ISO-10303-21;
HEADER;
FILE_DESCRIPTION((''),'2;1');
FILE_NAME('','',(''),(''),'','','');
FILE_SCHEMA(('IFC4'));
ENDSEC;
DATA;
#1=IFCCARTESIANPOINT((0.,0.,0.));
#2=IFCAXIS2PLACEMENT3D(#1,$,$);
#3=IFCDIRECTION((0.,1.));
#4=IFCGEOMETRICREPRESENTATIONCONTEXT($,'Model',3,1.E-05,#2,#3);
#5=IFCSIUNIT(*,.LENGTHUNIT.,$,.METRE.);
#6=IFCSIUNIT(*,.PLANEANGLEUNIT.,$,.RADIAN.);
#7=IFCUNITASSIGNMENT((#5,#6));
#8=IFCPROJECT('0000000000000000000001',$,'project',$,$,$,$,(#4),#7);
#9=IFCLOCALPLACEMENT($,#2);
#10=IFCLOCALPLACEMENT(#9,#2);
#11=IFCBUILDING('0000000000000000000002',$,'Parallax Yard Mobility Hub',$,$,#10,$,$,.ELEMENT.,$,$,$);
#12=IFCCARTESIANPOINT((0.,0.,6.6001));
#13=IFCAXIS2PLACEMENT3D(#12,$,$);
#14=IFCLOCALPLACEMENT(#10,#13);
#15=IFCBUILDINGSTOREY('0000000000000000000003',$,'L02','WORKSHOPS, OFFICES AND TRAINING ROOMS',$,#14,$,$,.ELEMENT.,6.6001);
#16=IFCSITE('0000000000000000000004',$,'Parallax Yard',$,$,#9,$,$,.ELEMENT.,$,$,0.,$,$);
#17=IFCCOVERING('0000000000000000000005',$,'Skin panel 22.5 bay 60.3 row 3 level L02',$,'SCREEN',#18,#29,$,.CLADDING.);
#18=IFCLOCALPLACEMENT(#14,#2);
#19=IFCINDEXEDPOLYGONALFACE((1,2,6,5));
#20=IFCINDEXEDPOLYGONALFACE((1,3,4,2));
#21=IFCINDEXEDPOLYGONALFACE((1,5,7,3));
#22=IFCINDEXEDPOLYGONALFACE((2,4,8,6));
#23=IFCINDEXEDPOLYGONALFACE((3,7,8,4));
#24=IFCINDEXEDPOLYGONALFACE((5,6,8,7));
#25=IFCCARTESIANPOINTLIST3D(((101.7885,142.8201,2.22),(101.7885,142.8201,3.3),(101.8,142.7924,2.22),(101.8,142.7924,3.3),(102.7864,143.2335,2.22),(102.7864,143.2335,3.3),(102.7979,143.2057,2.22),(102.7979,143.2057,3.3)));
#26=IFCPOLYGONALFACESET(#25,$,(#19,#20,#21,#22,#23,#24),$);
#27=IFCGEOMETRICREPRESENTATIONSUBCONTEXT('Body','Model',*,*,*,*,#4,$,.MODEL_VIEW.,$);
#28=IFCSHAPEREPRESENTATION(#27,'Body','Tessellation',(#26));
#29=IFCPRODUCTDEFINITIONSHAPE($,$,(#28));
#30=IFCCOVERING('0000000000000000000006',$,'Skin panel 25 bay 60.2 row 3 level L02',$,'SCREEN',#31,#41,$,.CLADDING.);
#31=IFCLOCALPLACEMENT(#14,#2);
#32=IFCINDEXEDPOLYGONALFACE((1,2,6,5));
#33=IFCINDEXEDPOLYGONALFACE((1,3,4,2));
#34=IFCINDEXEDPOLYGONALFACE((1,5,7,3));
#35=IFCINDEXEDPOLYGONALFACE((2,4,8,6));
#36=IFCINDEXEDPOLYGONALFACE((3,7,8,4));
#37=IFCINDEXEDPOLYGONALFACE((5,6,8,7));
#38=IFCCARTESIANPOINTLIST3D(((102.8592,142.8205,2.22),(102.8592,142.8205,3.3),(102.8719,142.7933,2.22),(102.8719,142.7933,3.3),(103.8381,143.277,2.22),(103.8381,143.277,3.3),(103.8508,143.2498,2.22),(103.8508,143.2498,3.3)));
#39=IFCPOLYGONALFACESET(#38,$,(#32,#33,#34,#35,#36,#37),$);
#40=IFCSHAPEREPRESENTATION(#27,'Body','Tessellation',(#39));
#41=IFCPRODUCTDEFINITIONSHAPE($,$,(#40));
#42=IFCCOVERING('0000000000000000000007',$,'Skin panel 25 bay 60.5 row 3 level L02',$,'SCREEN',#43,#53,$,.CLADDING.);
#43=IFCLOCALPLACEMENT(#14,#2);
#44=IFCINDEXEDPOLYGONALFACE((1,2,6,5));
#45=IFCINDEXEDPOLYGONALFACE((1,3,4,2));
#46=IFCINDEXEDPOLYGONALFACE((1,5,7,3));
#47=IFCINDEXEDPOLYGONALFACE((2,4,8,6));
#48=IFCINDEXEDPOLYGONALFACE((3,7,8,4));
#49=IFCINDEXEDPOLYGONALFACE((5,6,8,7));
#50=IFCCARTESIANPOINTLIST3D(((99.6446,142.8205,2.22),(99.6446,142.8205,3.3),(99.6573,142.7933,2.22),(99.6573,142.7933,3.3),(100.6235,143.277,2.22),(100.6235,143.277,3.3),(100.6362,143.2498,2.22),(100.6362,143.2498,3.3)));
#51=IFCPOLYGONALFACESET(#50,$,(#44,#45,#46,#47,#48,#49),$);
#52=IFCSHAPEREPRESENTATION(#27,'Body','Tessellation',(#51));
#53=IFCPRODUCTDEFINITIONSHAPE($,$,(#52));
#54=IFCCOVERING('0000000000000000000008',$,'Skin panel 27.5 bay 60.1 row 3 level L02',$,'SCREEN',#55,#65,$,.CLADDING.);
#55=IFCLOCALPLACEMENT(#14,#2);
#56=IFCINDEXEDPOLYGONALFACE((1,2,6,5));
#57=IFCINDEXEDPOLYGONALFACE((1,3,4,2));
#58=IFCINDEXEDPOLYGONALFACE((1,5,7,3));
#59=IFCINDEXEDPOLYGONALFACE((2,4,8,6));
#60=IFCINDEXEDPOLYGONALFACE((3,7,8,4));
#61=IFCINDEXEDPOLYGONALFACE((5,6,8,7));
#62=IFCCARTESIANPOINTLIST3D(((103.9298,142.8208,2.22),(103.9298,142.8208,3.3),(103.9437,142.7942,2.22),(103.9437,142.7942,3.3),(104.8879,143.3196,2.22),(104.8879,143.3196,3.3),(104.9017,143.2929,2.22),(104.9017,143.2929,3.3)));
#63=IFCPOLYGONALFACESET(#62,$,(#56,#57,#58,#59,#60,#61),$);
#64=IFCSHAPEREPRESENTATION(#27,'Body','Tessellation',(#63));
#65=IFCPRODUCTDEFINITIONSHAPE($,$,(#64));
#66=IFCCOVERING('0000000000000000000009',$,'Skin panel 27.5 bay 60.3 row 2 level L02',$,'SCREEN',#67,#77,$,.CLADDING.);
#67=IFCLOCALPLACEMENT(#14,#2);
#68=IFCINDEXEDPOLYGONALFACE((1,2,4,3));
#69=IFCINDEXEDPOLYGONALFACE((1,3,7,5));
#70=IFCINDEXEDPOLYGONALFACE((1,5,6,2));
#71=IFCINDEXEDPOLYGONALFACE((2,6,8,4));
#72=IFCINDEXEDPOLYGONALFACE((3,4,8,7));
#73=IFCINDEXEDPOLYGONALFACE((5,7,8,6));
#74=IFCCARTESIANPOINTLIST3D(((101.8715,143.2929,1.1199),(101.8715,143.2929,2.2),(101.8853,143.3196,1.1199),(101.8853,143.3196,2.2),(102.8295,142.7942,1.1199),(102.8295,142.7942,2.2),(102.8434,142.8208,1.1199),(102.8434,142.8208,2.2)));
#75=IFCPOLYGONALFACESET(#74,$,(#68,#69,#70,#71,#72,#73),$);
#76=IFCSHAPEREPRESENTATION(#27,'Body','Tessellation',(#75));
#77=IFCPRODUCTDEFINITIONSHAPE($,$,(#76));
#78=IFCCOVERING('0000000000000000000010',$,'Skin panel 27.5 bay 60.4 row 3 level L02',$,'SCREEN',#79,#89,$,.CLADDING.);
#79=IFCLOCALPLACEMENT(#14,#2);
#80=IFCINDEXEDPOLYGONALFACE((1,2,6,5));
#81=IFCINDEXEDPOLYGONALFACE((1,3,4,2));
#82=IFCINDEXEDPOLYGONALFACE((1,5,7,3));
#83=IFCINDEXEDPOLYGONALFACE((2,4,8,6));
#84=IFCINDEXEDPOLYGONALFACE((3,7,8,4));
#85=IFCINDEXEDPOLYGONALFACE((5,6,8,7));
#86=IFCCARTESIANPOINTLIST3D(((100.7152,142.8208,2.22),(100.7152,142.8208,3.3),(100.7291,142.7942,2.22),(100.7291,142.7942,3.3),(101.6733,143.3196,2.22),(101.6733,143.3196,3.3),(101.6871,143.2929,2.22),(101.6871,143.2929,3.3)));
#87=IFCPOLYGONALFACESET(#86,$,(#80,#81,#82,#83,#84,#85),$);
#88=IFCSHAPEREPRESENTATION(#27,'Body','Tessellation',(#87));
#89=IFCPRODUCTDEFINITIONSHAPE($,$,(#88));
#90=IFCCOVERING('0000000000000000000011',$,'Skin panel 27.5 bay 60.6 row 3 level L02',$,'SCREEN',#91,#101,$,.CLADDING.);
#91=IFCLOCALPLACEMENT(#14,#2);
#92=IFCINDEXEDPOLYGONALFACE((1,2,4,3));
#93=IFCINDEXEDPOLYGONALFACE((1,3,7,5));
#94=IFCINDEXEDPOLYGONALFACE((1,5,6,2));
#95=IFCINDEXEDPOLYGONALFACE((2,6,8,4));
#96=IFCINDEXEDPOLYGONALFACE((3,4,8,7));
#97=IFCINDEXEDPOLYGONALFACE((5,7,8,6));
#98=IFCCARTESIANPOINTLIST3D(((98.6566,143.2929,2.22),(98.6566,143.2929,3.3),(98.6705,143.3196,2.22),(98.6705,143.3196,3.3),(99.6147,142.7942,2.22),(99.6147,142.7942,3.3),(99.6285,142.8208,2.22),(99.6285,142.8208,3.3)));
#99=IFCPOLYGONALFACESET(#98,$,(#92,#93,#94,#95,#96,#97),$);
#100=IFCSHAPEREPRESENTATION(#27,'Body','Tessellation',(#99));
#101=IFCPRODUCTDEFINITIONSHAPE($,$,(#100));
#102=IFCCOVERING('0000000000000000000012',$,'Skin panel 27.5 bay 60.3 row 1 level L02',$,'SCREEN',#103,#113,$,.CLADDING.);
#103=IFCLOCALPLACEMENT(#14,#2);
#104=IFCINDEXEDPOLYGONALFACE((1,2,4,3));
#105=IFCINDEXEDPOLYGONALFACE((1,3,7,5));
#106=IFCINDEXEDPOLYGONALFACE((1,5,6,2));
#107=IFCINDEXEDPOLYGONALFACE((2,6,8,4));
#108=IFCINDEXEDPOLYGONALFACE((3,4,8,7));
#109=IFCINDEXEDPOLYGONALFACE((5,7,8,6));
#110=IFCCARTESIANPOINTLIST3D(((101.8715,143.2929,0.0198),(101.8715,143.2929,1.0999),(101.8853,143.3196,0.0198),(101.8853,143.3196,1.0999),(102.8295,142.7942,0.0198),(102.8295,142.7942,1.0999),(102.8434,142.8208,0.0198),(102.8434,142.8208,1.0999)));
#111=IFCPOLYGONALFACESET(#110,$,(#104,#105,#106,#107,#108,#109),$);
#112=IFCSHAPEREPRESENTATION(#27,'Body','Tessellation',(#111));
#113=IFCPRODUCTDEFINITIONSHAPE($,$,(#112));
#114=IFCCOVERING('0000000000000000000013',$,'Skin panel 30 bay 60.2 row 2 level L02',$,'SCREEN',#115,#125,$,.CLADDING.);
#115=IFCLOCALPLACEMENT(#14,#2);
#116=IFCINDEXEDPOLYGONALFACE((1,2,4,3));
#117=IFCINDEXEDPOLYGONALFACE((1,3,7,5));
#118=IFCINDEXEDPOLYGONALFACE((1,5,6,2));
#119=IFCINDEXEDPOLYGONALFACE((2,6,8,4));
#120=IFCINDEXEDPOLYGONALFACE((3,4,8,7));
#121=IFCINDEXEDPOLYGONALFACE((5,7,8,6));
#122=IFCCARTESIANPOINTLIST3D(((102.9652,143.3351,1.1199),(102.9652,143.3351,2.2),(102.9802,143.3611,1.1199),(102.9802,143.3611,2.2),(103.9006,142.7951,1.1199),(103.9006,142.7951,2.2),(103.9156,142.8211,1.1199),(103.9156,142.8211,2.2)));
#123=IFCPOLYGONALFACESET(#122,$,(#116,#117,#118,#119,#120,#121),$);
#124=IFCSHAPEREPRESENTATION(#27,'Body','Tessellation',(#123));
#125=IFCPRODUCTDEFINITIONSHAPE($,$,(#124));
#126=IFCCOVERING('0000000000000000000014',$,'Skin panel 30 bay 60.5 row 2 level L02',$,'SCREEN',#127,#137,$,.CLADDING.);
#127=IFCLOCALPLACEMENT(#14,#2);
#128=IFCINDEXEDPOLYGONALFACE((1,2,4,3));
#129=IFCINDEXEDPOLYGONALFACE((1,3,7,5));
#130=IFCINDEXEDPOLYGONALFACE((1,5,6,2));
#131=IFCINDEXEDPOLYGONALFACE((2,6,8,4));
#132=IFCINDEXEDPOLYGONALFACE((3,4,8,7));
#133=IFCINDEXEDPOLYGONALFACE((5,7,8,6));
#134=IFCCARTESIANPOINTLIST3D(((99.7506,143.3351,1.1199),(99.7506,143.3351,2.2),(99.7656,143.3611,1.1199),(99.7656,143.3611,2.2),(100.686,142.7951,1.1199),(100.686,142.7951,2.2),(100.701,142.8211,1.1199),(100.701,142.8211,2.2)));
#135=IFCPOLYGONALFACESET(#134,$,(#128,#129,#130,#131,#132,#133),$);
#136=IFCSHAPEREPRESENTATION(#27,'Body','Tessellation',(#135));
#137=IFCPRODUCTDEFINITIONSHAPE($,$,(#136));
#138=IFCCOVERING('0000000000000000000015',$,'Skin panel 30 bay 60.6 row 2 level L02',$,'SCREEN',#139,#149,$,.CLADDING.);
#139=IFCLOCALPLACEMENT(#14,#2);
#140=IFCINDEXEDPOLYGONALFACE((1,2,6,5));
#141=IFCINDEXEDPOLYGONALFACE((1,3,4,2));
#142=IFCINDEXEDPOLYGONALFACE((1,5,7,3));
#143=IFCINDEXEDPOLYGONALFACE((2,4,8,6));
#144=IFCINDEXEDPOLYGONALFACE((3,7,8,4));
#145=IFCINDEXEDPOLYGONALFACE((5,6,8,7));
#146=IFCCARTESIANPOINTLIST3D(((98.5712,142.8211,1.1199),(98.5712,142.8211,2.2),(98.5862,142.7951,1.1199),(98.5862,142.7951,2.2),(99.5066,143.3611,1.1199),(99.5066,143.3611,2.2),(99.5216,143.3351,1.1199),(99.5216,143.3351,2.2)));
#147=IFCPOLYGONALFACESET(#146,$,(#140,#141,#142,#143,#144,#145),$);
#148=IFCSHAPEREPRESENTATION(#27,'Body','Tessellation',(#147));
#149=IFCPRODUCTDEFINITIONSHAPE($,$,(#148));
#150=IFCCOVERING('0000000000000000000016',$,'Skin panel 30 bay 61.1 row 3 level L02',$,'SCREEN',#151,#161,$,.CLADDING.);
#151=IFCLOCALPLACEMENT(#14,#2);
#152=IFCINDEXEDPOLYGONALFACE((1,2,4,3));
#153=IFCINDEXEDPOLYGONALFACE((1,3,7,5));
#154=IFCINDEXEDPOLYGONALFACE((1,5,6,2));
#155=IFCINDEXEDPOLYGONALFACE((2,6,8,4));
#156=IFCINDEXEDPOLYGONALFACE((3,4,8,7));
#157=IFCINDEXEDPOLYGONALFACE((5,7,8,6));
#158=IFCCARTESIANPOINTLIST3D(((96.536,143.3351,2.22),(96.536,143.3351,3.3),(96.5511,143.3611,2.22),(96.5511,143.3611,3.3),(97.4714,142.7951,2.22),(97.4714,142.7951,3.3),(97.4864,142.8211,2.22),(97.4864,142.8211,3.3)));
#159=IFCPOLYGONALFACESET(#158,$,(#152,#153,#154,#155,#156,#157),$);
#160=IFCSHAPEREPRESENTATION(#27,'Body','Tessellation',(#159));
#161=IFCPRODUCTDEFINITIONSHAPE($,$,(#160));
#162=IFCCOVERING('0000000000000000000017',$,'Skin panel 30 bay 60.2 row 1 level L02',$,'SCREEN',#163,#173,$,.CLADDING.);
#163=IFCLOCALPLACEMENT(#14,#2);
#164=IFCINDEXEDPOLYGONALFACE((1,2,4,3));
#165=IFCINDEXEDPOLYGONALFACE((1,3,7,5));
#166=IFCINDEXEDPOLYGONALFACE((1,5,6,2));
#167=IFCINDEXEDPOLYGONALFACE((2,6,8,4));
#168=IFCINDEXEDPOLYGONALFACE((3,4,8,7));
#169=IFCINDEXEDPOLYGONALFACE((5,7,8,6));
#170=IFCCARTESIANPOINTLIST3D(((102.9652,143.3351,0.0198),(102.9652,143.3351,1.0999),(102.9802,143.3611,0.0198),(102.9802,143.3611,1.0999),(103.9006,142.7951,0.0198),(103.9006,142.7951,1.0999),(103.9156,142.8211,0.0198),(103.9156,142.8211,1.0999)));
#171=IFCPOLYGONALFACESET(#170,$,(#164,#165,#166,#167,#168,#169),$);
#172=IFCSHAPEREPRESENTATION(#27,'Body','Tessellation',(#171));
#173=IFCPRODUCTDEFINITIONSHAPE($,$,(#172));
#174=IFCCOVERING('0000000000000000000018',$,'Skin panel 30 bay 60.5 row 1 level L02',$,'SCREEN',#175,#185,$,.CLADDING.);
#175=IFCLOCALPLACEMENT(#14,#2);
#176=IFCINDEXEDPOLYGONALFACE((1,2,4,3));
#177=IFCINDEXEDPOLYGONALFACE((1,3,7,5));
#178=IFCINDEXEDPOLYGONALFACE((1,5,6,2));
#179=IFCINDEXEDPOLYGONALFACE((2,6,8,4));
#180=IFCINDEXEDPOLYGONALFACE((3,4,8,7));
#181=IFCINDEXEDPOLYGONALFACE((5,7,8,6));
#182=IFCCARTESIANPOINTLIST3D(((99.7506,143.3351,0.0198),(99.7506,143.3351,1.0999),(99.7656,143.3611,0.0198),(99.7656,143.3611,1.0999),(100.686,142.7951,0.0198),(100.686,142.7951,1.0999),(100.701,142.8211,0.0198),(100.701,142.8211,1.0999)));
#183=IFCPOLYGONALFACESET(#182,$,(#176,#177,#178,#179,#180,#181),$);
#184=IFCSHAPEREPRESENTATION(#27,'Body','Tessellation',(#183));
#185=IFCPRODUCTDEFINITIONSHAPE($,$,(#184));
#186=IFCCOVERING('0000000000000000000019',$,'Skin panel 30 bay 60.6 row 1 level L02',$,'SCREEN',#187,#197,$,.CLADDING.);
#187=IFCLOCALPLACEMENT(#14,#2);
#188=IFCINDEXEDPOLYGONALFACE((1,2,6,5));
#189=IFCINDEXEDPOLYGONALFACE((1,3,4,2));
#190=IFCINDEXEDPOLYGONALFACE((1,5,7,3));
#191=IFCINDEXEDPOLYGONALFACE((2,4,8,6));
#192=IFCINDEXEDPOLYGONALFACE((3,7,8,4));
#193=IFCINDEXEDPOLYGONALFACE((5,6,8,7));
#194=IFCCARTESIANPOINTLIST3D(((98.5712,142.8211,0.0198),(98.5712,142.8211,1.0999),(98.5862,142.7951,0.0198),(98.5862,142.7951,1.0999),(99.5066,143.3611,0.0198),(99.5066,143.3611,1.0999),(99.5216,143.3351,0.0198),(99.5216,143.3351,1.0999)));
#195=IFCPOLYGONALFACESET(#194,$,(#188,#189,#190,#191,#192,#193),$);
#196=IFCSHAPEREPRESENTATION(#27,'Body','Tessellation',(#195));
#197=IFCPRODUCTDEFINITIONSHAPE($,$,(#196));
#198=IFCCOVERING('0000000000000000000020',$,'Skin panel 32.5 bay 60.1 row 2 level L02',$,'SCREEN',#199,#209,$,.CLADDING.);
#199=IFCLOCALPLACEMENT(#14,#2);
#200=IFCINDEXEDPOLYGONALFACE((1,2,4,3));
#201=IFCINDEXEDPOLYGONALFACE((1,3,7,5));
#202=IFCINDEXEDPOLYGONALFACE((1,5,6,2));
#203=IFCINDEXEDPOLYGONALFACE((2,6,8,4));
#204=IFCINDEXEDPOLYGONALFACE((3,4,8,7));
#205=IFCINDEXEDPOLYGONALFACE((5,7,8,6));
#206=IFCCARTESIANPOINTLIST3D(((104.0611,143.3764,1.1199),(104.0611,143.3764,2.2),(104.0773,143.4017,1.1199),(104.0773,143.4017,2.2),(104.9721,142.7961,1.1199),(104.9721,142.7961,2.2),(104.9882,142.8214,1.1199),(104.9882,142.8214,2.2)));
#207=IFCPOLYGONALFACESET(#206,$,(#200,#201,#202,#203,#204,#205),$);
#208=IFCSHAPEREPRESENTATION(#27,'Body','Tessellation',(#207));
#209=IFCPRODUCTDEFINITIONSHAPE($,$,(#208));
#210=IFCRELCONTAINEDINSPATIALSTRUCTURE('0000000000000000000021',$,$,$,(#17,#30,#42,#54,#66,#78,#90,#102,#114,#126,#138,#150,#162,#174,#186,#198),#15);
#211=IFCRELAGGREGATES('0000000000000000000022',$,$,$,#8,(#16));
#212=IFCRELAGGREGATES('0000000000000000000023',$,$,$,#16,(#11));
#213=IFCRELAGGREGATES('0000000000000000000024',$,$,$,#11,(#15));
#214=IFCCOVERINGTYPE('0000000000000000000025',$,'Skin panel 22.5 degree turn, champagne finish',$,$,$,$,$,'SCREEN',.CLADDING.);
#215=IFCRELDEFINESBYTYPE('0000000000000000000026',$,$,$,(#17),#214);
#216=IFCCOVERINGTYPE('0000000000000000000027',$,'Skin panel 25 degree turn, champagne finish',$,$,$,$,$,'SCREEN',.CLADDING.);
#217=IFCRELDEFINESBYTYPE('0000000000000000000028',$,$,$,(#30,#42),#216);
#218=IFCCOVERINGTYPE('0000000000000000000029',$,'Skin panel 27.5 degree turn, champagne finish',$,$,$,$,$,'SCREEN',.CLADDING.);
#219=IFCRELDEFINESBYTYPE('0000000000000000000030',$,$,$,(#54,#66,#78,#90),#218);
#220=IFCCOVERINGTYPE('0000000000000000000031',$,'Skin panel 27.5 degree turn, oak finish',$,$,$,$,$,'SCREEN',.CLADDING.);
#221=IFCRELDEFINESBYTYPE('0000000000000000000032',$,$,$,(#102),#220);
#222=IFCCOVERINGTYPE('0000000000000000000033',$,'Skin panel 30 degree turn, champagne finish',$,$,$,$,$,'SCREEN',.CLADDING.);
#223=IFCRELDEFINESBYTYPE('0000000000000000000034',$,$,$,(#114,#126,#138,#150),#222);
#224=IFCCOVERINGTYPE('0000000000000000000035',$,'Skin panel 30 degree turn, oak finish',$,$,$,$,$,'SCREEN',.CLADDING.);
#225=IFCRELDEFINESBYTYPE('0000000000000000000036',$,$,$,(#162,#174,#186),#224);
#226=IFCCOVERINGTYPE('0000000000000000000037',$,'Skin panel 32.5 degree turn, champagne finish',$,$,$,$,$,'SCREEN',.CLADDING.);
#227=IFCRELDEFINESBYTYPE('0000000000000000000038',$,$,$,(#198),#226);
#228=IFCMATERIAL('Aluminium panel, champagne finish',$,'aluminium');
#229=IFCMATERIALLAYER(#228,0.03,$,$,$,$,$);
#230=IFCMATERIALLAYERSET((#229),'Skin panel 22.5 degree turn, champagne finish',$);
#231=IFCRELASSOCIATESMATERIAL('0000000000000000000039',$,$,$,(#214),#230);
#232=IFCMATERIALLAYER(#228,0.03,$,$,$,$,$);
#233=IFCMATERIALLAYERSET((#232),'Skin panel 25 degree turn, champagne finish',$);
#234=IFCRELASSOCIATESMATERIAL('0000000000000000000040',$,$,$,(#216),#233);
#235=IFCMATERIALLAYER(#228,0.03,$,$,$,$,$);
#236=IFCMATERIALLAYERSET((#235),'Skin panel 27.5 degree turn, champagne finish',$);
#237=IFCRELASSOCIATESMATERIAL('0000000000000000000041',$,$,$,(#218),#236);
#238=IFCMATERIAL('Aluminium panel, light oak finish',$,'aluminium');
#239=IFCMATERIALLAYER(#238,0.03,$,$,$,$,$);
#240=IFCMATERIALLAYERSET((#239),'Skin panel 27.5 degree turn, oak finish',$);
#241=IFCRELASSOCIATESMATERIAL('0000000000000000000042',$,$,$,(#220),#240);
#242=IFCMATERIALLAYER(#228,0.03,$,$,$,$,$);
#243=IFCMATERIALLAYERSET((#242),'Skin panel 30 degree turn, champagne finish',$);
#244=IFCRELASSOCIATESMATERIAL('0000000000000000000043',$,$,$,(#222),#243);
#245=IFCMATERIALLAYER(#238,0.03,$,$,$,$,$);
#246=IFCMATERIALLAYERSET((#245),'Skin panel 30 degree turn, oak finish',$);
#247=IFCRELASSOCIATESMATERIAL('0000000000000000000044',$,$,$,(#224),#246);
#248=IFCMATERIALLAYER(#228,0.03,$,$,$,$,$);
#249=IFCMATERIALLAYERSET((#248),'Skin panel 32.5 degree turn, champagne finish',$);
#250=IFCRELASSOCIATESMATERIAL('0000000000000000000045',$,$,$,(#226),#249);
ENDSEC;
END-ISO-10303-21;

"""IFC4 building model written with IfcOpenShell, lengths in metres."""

from ifc_helpers import new_model, si_unit, direction, frame, origin, origin_2d, place, context, subcontext, project, spatial, rectangle, extrude, material, layer, layer_set, type_object, element, save


model = new_model("IFC4")

# Units and contexts
model_context = context("Model", 3, precision=1e-05, world=origin(), true_north=direction((0.0, 1.0)))
body_context = subcontext(model_context, "Body", "Model", "MODEL_VIEW")
ifc_project = project(units=[si_unit("LENGTHUNIT", "METRE"), si_unit("PLANEANGLEUNIT", "RADIAN")], contexts=[model_context])

# Site, building, storey
site_placement = place(None, origin())
site = spatial("IfcSite", under=ifc_project, at=site_placement, Name="Parallax Yard", CompositionType="ELEMENT", RefElevation=0.0)
building_placement = place(site_placement, origin())
building = spatial("IfcBuilding", under=site, at=building_placement, Name="Parallax Yard Mobility Hub", CompositionType="ELEMENT")
storey_placement = place(building_placement, frame((0.0, 0.0, 6.6001)))
storey = spatial("IfcBuildingStorey", under=building, at=storey_placement, Name="L02", Description="WORKSHOPS, OFFICES AND TRAINING ROOMS", CompositionType="ELEMENT", Elevation=6.6001)

# Coverings
ifc_material_1 = material(Name="Aluminium panel, champagne finish", Category="aluminium")
ifc_layer_1 = layer(ifc_material_1, 0.03)
ifc_layer_set_1 = layer_set([ifc_layer_1], Name="Skin panel 22.5 degree turn, champagne finish")
covering_type_1 = type_object("IfcCoveringType", Name="Skin panel 22.5 degree turn, champagne finish", ElementType="SCREEN", PredefinedType="CLADDING", material=ifc_layer_set_1)
covering_1_placement = place(storey_placement, frame((102.2932, 143.0129, 2.22), z_axis=(0.0, 0.0, 1.0), x_axis=(0.92388, 0.382683, 0.0)))
element("IfcCovering", 1, at=covering_1_placement, inside=storey, type_object=covering_type_1, Name="Skin panel 22.5 bay 60.3 row 3 level L02", ObjectType="SCREEN", PredefinedType="CLADDING", context=body_context, shape_type="SweptSolid", body=[
    extrude(rectangle(XDim=1.0801, YDim=0.03, at=origin_2d()), origin(), (0.0, 0.0, 1.0), 1.0801),
])
ifc_layer_2 = layer(ifc_material_1, 0.03)
ifc_layer_set_2 = layer_set([ifc_layer_2], Name="Skin panel 25 degree turn, champagne finish")
covering_type_2 = type_object("IfcCoveringType", Name="Skin panel 25 degree turn, champagne finish", ElementType="SCREEN", PredefinedType="CLADDING", material=ifc_layer_set_2)
for number, where, z_axis, x_axis, name in (
    (2, (103.355, 143.0352, 2.22), (0.0, 0.0, 1.0), (0.906308, 0.422618, 0.0), "Skin panel 25 bay 60.2 row 3 level L02"),
    (3, (100.1404, 143.0352, 2.22), (0.0, 0.0, 1.0), (0.906308, 0.422618, 0.0), "Skin panel 25 bay 60.5 row 3 level L02"),
):
    element("IfcCovering", number, at=place(storey_placement, frame(where, z_axis=z_axis, x_axis=x_axis)), inside=storey, type_object=covering_type_2, Name=name, ObjectType="SCREEN", PredefinedType="CLADDING", context=body_context, shape_type="SweptSolid", body=[
        extrude(rectangle(XDim=1.0801, YDim=0.03, at=origin_2d()), origin(), (0.0, 0.0, 1.0), 1.0801),
    ])
ifc_layer_3 = layer(ifc_material_1, 0.03)
ifc_layer_set_3 = layer_set([ifc_layer_3], Name="Skin panel 27.5 degree turn, champagne finish")
covering_type_3 = type_object("IfcCoveringType", Name="Skin panel 27.5 degree turn, champagne finish", ElementType="SCREEN", PredefinedType="CLADDING", material=ifc_layer_set_3)
for number, where, z_axis, x_axis, name in (
    (4, (104.4158, 143.0569, 2.22), (0.0, 0.0, 1.0), (0.887011, 0.461749, 0.0), "Skin panel 27.5 bay 60.1 row 3 level L02"),
    (5, (102.3574, 143.0569, 1.1199), (0.0, 0.0, 1.0), (-0.887011, 0.461749, 0.0), "Skin panel 27.5 bay 60.3 row 2 level L02"),
    (6, (101.2012, 143.0569, 2.22), (0.0, 0.0, 1.0), (0.887011, 0.461749, 0.0), "Skin panel 27.5 bay 60.4 row 3 level L02"),
    (7, (99.1426, 143.0569, 2.22), (0.0, 0.0, 1.0), (-0.887011, 0.461749, 0.0), "Skin panel 27.5 bay 60.6 row 3 level L02"),
):
    element("IfcCovering", number, at=place(storey_placement, frame(where, z_axis=z_axis, x_axis=x_axis)), inside=storey, type_object=covering_type_3, Name=name, ObjectType="SCREEN", PredefinedType="CLADDING", context=body_context, shape_type="SweptSolid", body=[
        extrude(rectangle(XDim=1.0801, YDim=0.03, at=origin_2d()), origin(), (0.0, 0.0, 1.0), 1.0801),
    ])
ifc_material_2 = material(Name="Aluminium panel, light oak finish", Category="aluminium")
ifc_layer_4 = layer(ifc_material_2, 0.03)
ifc_layer_set_4 = layer_set([ifc_layer_4], Name="Skin panel 27.5 degree turn, oak finish")
covering_type_4 = type_object("IfcCoveringType", Name="Skin panel 27.5 degree turn, oak finish", ElementType="SCREEN", PredefinedType="CLADDING", material=ifc_layer_set_4)
covering_2_placement = place(storey_placement, frame((102.3574, 143.0569, 0.0198), z_axis=(0.0, 0.0, 1.0), x_axis=(-0.887011, 0.461749, 0.0)))
element("IfcCovering", 8, at=covering_2_placement, inside=storey, type_object=covering_type_4, Name="Skin panel 27.5 bay 60.3 row 1 level L02", ObjectType="SCREEN", PredefinedType="CLADDING", context=body_context, shape_type="SweptSolid", body=[
    extrude(rectangle(XDim=1.0801, YDim=0.03, at=origin_2d()), origin(), (0.0, 0.0, 1.0), 1.0801),
])
ifc_layer_5 = layer(ifc_material_1, 0.03)
ifc_layer_set_5 = layer_set([ifc_layer_5], Name="Skin panel 30 degree turn, champagne finish")
covering_type_5 = type_object("IfcCoveringType", Name="Skin panel 30 degree turn, champagne finish", ElementType="SCREEN", PredefinedType="CLADDING", material=ifc_layer_set_5)
for number, where, z_axis, x_axis, name in (
    (9, (103.4404, 143.0781, 1.1199), (0.0, 0.0, 1.0), (-0.866025, 0.5, 0.0), "Skin panel 30 bay 60.2 row 2 level L02"),
    (10, (100.2258, 143.0781, 1.1199), (0.0, 0.0, 1.0), (-0.866025, 0.5, 0.0), "Skin panel 30 bay 60.5 row 2 level L02"),
    (11, (99.0464, 143.0781, 1.1199), (0.0, 0.0, 1.0), (0.866025, 0.5, 0.0), "Skin panel 30 bay 60.6 row 2 level L02"),
    (12, (97.0112, 143.0781, 2.22), (0.0, 0.0, 1.0), (-0.866025, 0.5, 0.0), "Skin panel 30 bay 61.1 row 3 level L02"),
):
    element("IfcCovering", number, at=place(storey_placement, frame(where, z_axis=z_axis, x_axis=x_axis)), inside=storey, type_object=covering_type_5, Name=name, ObjectType="SCREEN", PredefinedType="CLADDING", context=body_context, shape_type="SweptSolid", body=[
        extrude(rectangle(XDim=1.0801, YDim=0.03, at=origin_2d()), origin(), (0.0, 0.0, 1.0), 1.0801),
    ])
ifc_layer_6 = layer(ifc_material_2, 0.03)
ifc_layer_set_6 = layer_set([ifc_layer_6], Name="Skin panel 30 degree turn, oak finish")
covering_type_6 = type_object("IfcCoveringType", Name="Skin panel 30 degree turn, oak finish", ElementType="SCREEN", PredefinedType="CLADDING", material=ifc_layer_set_6)
for number, where, z_axis, x_axis, name in (
    (13, (103.4404, 143.0781, 0.0198), (0.0, 0.0, 1.0), (-0.866025, 0.5, 0.0), "Skin panel 30 bay 60.2 row 1 level L02"),
    (14, (100.2258, 143.0781, 0.0198), (0.0, 0.0, 1.0), (-0.866025, 0.5, 0.0), "Skin panel 30 bay 60.5 row 1 level L02"),
    (15, (99.0464, 143.0781, 0.0198), (0.0, 0.0, 1.0), (0.866025, 0.5, 0.0), "Skin panel 30 bay 60.6 row 1 level L02"),
):
    element("IfcCovering", number, at=place(storey_placement, frame(where, z_axis=z_axis, x_axis=x_axis)), inside=storey, type_object=covering_type_6, Name=name, ObjectType="SCREEN", PredefinedType="CLADDING", context=body_context, shape_type="SweptSolid", body=[
        extrude(rectangle(XDim=1.0801, YDim=0.03, at=origin_2d()), origin(), (0.0, 0.0, 1.0), 1.0801),
    ])
ifc_layer_7 = layer(ifc_material_1, 0.03)
ifc_layer_set_7 = layer_set([ifc_layer_7], Name="Skin panel 32.5 degree turn, champagne finish")
covering_type_7 = type_object("IfcCoveringType", Name="Skin panel 32.5 degree turn, champagne finish", ElementType="SCREEN", PredefinedType="CLADDING", material=ifc_layer_set_7)
for number, where, z_axis, x_axis, name in (
    (16, (104.5247, 143.0989, 1.1199), (0.0, 0.0, 1.0), (-0.843391, 0.5373, 0.0), "Skin panel 32.5 bay 60.1 row 2 level L02"),
):
    element("IfcCovering", number, at=place(storey_placement, frame(where, z_axis=z_axis, x_axis=x_axis)), inside=storey, type_object=covering_type_7, Name=name, ObjectType="SCREEN", PredefinedType="CLADDING", context=body_context, shape_type="SweptSolid", body=[
        extrude(rectangle(XDim=1.0801, YDim=0.03, at=origin_2d()), origin(), (0.0, 0.0, 1.0), 1.0801),
    ])

save(model, "model.ifc")
